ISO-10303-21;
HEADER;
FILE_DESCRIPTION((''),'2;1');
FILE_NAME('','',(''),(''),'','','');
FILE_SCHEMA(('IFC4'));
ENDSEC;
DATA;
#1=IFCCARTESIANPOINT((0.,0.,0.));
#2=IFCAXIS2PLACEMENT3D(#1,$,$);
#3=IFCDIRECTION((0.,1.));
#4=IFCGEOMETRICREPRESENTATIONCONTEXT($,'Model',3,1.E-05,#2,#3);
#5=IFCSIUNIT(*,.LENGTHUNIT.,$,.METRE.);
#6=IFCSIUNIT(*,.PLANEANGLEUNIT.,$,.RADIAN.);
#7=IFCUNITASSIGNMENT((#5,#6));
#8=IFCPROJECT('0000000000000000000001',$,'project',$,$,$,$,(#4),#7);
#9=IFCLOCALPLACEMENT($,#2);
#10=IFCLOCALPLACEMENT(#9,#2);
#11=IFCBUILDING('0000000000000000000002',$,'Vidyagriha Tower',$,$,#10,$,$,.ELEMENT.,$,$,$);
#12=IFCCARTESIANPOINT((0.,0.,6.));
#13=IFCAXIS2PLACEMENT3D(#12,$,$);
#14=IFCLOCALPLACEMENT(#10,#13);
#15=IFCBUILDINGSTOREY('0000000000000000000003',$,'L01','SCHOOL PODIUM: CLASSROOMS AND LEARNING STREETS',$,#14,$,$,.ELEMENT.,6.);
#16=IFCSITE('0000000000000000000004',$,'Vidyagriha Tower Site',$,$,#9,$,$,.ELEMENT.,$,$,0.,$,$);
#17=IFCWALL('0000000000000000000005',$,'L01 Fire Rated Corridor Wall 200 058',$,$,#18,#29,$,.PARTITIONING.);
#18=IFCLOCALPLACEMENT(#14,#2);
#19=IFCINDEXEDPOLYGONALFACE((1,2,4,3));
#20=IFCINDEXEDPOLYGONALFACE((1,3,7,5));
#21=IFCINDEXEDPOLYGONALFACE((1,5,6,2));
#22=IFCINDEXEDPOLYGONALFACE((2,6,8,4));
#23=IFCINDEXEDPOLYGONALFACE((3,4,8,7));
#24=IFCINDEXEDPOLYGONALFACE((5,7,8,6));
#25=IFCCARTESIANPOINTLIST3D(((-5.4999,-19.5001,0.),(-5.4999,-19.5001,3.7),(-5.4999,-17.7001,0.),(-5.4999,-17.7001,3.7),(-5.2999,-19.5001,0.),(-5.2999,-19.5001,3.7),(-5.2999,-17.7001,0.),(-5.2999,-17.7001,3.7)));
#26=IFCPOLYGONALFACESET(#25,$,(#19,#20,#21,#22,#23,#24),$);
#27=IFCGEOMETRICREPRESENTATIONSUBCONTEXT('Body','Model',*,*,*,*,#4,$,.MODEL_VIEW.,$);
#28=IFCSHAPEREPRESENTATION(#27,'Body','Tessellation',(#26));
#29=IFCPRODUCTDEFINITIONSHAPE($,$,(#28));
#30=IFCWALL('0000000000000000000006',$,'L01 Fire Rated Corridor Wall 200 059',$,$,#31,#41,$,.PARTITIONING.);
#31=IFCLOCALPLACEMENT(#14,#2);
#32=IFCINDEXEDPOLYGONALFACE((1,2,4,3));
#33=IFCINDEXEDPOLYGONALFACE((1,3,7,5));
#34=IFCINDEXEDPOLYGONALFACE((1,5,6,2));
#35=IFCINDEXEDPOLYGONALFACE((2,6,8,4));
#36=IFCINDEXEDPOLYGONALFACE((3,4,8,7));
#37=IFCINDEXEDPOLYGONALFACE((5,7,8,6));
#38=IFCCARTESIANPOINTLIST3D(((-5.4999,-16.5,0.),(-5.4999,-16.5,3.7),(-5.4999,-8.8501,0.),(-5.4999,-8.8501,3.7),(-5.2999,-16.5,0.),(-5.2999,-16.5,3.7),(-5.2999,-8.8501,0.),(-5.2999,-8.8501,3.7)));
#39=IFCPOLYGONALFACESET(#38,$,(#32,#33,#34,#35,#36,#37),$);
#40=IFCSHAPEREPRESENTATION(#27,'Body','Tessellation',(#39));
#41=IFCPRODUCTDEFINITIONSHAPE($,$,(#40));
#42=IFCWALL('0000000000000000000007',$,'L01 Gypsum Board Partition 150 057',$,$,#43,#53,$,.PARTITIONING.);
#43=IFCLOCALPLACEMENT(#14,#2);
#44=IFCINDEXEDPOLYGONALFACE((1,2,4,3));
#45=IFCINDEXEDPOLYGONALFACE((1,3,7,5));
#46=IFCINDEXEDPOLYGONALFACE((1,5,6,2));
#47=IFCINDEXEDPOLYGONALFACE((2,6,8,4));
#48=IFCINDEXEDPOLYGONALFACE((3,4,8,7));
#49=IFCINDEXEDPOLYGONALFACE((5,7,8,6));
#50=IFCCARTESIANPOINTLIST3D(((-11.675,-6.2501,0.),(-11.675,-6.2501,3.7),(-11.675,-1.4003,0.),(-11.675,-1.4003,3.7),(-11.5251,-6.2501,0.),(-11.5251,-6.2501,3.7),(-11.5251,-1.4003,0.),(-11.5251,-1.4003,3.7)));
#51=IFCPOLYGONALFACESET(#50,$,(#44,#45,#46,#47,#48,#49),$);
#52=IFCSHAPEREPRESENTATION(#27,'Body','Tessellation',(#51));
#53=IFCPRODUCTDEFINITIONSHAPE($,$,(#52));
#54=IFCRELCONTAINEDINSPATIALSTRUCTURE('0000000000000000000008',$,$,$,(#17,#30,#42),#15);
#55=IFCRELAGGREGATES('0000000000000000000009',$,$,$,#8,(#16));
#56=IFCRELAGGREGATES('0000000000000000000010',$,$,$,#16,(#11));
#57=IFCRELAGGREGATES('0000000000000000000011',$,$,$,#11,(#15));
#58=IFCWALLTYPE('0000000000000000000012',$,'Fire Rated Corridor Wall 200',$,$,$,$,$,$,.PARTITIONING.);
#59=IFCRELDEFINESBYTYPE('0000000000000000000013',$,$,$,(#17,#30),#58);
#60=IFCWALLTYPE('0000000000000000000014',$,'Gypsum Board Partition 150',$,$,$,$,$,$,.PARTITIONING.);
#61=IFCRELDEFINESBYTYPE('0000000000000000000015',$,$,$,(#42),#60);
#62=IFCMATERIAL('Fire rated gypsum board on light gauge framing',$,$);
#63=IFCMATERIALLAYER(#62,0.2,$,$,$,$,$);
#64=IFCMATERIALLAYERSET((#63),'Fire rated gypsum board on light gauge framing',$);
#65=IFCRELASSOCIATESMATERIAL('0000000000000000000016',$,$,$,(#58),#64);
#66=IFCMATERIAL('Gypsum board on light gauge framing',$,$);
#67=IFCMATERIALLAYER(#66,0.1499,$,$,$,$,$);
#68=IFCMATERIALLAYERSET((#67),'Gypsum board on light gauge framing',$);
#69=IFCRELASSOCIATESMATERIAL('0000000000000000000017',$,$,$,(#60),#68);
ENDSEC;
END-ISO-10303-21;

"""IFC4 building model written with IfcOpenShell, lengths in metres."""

from ifc_helpers import new_model, si_unit, direction, frame, frame_2d, origin, place, context, subcontext, project, spatial, rectangle, extrude, material, layer, layer_set, type_object, element, save


model = new_model("IFC4")

# Units and contexts
model_context = context("Model", 3, precision=1e-05, world=origin(), true_north=direction((0.0, 1.0)))
body_context = subcontext(model_context, "Body", "Model", "MODEL_VIEW")
ifc_project = project(units=[si_unit("LENGTHUNIT", "METRE"), si_unit("PLANEANGLEUNIT", "RADIAN")], contexts=[model_context])

# Site, building, storey
site_placement = place(None, origin())
site = spatial("IfcSite", under=ifc_project, at=site_placement, Name="Vidyagriha Tower Site", CompositionType="ELEMENT", RefElevation=0.0)
building_placement = place(site_placement, origin())
building = spatial("IfcBuilding", under=site, at=building_placement, Name="Vidyagriha Tower", CompositionType="ELEMENT")
storey_placement = place(building_placement, frame((0.0, 0.0, 6.0)))
storey = spatial("IfcBuildingStorey", under=building, at=storey_placement, Name="L01", Description="SCHOOL PODIUM: CLASSROOMS AND LEARNING STREETS", CompositionType="ELEMENT", Elevation=6.0)

# Walls
ifc_material_1 = material(Name="Fire rated gypsum board on light gauge framing")
ifc_layer_1 = layer(ifc_material_1, 0.2)
ifc_layer_set_1 = layer_set([ifc_layer_1], Name="Fire rated gypsum board on light gauge framing")
wall_type_1 = type_object("IfcWallType", Name="Fire Rated Corridor Wall 200", PredefinedType="PARTITIONING", material=ifc_layer_set_1)
wall_1_placement = place(storey_placement, frame((-5.3999, -19.5, 0.0), z_axis=(0.0, 0.0, 1.0), x_axis=(0.0, 1.0, 0.0)))
element("IfcWall", 1, at=wall_1_placement, inside=storey, type_object=wall_type_1, Name="L01 Fire Rated Corridor Wall 200 058", PredefinedType="PARTITIONING", context=body_context, shape_type="SweptSolid", body=[
    extrude(rectangle(XDim=1.8, YDim=0.2, at=frame_2d((0.8999, 0.0))), origin(), (0.0, 0.0, 1.0), 3.7),
])
wall_2_placement = place(storey_placement, frame((-5.3999, -16.5, 0.0), z_axis=(0.0, 0.0, 1.0), x_axis=(0.0, 1.0, 0.0)))
element("IfcWall", 2, at=wall_2_placement, inside=storey, type_object=wall_type_1, Name="L01 Fire Rated Corridor Wall 200 059", PredefinedType="PARTITIONING", context=body_context, shape_type="SweptSolid", body=[
    extrude(rectangle(XDim=7.6499, YDim=0.2, at=frame_2d((3.825, 0.0))), origin(), (0.0, 0.0, 1.0), 3.7),
])
ifc_material_2 = material(Name="Gypsum board on light gauge framing")
ifc_layer_2 = layer(ifc_material_2, 0.1499)
ifc_layer_set_2 = layer_set([ifc_layer_2], Name="Gypsum board on light gauge framing")
wall_type_2 = type_object("IfcWallType", Name="Gypsum Board Partition 150", PredefinedType="PARTITIONING", material=ifc_layer_set_2)
wall_3_placement = place(storey_placement, frame((-11.6001, -6.25, 0.0), z_axis=(0.0, 0.0, 1.0), x_axis=(0.0, 1.0, 0.0)))
element("IfcWall", 3, at=wall_3_placement, inside=storey, type_object=wall_type_2, Name="L01 Gypsum Board Partition 150 057", PredefinedType="PARTITIONING", context=body_context, shape_type="SweptSolid", body=[
    extrude(rectangle(XDim=4.8499, YDim=0.1499, at=frame_2d((2.4248, 0.0))), origin(), (0.0, 0.0, 1.0), 3.7),
])

save(model, "model.ifc")
